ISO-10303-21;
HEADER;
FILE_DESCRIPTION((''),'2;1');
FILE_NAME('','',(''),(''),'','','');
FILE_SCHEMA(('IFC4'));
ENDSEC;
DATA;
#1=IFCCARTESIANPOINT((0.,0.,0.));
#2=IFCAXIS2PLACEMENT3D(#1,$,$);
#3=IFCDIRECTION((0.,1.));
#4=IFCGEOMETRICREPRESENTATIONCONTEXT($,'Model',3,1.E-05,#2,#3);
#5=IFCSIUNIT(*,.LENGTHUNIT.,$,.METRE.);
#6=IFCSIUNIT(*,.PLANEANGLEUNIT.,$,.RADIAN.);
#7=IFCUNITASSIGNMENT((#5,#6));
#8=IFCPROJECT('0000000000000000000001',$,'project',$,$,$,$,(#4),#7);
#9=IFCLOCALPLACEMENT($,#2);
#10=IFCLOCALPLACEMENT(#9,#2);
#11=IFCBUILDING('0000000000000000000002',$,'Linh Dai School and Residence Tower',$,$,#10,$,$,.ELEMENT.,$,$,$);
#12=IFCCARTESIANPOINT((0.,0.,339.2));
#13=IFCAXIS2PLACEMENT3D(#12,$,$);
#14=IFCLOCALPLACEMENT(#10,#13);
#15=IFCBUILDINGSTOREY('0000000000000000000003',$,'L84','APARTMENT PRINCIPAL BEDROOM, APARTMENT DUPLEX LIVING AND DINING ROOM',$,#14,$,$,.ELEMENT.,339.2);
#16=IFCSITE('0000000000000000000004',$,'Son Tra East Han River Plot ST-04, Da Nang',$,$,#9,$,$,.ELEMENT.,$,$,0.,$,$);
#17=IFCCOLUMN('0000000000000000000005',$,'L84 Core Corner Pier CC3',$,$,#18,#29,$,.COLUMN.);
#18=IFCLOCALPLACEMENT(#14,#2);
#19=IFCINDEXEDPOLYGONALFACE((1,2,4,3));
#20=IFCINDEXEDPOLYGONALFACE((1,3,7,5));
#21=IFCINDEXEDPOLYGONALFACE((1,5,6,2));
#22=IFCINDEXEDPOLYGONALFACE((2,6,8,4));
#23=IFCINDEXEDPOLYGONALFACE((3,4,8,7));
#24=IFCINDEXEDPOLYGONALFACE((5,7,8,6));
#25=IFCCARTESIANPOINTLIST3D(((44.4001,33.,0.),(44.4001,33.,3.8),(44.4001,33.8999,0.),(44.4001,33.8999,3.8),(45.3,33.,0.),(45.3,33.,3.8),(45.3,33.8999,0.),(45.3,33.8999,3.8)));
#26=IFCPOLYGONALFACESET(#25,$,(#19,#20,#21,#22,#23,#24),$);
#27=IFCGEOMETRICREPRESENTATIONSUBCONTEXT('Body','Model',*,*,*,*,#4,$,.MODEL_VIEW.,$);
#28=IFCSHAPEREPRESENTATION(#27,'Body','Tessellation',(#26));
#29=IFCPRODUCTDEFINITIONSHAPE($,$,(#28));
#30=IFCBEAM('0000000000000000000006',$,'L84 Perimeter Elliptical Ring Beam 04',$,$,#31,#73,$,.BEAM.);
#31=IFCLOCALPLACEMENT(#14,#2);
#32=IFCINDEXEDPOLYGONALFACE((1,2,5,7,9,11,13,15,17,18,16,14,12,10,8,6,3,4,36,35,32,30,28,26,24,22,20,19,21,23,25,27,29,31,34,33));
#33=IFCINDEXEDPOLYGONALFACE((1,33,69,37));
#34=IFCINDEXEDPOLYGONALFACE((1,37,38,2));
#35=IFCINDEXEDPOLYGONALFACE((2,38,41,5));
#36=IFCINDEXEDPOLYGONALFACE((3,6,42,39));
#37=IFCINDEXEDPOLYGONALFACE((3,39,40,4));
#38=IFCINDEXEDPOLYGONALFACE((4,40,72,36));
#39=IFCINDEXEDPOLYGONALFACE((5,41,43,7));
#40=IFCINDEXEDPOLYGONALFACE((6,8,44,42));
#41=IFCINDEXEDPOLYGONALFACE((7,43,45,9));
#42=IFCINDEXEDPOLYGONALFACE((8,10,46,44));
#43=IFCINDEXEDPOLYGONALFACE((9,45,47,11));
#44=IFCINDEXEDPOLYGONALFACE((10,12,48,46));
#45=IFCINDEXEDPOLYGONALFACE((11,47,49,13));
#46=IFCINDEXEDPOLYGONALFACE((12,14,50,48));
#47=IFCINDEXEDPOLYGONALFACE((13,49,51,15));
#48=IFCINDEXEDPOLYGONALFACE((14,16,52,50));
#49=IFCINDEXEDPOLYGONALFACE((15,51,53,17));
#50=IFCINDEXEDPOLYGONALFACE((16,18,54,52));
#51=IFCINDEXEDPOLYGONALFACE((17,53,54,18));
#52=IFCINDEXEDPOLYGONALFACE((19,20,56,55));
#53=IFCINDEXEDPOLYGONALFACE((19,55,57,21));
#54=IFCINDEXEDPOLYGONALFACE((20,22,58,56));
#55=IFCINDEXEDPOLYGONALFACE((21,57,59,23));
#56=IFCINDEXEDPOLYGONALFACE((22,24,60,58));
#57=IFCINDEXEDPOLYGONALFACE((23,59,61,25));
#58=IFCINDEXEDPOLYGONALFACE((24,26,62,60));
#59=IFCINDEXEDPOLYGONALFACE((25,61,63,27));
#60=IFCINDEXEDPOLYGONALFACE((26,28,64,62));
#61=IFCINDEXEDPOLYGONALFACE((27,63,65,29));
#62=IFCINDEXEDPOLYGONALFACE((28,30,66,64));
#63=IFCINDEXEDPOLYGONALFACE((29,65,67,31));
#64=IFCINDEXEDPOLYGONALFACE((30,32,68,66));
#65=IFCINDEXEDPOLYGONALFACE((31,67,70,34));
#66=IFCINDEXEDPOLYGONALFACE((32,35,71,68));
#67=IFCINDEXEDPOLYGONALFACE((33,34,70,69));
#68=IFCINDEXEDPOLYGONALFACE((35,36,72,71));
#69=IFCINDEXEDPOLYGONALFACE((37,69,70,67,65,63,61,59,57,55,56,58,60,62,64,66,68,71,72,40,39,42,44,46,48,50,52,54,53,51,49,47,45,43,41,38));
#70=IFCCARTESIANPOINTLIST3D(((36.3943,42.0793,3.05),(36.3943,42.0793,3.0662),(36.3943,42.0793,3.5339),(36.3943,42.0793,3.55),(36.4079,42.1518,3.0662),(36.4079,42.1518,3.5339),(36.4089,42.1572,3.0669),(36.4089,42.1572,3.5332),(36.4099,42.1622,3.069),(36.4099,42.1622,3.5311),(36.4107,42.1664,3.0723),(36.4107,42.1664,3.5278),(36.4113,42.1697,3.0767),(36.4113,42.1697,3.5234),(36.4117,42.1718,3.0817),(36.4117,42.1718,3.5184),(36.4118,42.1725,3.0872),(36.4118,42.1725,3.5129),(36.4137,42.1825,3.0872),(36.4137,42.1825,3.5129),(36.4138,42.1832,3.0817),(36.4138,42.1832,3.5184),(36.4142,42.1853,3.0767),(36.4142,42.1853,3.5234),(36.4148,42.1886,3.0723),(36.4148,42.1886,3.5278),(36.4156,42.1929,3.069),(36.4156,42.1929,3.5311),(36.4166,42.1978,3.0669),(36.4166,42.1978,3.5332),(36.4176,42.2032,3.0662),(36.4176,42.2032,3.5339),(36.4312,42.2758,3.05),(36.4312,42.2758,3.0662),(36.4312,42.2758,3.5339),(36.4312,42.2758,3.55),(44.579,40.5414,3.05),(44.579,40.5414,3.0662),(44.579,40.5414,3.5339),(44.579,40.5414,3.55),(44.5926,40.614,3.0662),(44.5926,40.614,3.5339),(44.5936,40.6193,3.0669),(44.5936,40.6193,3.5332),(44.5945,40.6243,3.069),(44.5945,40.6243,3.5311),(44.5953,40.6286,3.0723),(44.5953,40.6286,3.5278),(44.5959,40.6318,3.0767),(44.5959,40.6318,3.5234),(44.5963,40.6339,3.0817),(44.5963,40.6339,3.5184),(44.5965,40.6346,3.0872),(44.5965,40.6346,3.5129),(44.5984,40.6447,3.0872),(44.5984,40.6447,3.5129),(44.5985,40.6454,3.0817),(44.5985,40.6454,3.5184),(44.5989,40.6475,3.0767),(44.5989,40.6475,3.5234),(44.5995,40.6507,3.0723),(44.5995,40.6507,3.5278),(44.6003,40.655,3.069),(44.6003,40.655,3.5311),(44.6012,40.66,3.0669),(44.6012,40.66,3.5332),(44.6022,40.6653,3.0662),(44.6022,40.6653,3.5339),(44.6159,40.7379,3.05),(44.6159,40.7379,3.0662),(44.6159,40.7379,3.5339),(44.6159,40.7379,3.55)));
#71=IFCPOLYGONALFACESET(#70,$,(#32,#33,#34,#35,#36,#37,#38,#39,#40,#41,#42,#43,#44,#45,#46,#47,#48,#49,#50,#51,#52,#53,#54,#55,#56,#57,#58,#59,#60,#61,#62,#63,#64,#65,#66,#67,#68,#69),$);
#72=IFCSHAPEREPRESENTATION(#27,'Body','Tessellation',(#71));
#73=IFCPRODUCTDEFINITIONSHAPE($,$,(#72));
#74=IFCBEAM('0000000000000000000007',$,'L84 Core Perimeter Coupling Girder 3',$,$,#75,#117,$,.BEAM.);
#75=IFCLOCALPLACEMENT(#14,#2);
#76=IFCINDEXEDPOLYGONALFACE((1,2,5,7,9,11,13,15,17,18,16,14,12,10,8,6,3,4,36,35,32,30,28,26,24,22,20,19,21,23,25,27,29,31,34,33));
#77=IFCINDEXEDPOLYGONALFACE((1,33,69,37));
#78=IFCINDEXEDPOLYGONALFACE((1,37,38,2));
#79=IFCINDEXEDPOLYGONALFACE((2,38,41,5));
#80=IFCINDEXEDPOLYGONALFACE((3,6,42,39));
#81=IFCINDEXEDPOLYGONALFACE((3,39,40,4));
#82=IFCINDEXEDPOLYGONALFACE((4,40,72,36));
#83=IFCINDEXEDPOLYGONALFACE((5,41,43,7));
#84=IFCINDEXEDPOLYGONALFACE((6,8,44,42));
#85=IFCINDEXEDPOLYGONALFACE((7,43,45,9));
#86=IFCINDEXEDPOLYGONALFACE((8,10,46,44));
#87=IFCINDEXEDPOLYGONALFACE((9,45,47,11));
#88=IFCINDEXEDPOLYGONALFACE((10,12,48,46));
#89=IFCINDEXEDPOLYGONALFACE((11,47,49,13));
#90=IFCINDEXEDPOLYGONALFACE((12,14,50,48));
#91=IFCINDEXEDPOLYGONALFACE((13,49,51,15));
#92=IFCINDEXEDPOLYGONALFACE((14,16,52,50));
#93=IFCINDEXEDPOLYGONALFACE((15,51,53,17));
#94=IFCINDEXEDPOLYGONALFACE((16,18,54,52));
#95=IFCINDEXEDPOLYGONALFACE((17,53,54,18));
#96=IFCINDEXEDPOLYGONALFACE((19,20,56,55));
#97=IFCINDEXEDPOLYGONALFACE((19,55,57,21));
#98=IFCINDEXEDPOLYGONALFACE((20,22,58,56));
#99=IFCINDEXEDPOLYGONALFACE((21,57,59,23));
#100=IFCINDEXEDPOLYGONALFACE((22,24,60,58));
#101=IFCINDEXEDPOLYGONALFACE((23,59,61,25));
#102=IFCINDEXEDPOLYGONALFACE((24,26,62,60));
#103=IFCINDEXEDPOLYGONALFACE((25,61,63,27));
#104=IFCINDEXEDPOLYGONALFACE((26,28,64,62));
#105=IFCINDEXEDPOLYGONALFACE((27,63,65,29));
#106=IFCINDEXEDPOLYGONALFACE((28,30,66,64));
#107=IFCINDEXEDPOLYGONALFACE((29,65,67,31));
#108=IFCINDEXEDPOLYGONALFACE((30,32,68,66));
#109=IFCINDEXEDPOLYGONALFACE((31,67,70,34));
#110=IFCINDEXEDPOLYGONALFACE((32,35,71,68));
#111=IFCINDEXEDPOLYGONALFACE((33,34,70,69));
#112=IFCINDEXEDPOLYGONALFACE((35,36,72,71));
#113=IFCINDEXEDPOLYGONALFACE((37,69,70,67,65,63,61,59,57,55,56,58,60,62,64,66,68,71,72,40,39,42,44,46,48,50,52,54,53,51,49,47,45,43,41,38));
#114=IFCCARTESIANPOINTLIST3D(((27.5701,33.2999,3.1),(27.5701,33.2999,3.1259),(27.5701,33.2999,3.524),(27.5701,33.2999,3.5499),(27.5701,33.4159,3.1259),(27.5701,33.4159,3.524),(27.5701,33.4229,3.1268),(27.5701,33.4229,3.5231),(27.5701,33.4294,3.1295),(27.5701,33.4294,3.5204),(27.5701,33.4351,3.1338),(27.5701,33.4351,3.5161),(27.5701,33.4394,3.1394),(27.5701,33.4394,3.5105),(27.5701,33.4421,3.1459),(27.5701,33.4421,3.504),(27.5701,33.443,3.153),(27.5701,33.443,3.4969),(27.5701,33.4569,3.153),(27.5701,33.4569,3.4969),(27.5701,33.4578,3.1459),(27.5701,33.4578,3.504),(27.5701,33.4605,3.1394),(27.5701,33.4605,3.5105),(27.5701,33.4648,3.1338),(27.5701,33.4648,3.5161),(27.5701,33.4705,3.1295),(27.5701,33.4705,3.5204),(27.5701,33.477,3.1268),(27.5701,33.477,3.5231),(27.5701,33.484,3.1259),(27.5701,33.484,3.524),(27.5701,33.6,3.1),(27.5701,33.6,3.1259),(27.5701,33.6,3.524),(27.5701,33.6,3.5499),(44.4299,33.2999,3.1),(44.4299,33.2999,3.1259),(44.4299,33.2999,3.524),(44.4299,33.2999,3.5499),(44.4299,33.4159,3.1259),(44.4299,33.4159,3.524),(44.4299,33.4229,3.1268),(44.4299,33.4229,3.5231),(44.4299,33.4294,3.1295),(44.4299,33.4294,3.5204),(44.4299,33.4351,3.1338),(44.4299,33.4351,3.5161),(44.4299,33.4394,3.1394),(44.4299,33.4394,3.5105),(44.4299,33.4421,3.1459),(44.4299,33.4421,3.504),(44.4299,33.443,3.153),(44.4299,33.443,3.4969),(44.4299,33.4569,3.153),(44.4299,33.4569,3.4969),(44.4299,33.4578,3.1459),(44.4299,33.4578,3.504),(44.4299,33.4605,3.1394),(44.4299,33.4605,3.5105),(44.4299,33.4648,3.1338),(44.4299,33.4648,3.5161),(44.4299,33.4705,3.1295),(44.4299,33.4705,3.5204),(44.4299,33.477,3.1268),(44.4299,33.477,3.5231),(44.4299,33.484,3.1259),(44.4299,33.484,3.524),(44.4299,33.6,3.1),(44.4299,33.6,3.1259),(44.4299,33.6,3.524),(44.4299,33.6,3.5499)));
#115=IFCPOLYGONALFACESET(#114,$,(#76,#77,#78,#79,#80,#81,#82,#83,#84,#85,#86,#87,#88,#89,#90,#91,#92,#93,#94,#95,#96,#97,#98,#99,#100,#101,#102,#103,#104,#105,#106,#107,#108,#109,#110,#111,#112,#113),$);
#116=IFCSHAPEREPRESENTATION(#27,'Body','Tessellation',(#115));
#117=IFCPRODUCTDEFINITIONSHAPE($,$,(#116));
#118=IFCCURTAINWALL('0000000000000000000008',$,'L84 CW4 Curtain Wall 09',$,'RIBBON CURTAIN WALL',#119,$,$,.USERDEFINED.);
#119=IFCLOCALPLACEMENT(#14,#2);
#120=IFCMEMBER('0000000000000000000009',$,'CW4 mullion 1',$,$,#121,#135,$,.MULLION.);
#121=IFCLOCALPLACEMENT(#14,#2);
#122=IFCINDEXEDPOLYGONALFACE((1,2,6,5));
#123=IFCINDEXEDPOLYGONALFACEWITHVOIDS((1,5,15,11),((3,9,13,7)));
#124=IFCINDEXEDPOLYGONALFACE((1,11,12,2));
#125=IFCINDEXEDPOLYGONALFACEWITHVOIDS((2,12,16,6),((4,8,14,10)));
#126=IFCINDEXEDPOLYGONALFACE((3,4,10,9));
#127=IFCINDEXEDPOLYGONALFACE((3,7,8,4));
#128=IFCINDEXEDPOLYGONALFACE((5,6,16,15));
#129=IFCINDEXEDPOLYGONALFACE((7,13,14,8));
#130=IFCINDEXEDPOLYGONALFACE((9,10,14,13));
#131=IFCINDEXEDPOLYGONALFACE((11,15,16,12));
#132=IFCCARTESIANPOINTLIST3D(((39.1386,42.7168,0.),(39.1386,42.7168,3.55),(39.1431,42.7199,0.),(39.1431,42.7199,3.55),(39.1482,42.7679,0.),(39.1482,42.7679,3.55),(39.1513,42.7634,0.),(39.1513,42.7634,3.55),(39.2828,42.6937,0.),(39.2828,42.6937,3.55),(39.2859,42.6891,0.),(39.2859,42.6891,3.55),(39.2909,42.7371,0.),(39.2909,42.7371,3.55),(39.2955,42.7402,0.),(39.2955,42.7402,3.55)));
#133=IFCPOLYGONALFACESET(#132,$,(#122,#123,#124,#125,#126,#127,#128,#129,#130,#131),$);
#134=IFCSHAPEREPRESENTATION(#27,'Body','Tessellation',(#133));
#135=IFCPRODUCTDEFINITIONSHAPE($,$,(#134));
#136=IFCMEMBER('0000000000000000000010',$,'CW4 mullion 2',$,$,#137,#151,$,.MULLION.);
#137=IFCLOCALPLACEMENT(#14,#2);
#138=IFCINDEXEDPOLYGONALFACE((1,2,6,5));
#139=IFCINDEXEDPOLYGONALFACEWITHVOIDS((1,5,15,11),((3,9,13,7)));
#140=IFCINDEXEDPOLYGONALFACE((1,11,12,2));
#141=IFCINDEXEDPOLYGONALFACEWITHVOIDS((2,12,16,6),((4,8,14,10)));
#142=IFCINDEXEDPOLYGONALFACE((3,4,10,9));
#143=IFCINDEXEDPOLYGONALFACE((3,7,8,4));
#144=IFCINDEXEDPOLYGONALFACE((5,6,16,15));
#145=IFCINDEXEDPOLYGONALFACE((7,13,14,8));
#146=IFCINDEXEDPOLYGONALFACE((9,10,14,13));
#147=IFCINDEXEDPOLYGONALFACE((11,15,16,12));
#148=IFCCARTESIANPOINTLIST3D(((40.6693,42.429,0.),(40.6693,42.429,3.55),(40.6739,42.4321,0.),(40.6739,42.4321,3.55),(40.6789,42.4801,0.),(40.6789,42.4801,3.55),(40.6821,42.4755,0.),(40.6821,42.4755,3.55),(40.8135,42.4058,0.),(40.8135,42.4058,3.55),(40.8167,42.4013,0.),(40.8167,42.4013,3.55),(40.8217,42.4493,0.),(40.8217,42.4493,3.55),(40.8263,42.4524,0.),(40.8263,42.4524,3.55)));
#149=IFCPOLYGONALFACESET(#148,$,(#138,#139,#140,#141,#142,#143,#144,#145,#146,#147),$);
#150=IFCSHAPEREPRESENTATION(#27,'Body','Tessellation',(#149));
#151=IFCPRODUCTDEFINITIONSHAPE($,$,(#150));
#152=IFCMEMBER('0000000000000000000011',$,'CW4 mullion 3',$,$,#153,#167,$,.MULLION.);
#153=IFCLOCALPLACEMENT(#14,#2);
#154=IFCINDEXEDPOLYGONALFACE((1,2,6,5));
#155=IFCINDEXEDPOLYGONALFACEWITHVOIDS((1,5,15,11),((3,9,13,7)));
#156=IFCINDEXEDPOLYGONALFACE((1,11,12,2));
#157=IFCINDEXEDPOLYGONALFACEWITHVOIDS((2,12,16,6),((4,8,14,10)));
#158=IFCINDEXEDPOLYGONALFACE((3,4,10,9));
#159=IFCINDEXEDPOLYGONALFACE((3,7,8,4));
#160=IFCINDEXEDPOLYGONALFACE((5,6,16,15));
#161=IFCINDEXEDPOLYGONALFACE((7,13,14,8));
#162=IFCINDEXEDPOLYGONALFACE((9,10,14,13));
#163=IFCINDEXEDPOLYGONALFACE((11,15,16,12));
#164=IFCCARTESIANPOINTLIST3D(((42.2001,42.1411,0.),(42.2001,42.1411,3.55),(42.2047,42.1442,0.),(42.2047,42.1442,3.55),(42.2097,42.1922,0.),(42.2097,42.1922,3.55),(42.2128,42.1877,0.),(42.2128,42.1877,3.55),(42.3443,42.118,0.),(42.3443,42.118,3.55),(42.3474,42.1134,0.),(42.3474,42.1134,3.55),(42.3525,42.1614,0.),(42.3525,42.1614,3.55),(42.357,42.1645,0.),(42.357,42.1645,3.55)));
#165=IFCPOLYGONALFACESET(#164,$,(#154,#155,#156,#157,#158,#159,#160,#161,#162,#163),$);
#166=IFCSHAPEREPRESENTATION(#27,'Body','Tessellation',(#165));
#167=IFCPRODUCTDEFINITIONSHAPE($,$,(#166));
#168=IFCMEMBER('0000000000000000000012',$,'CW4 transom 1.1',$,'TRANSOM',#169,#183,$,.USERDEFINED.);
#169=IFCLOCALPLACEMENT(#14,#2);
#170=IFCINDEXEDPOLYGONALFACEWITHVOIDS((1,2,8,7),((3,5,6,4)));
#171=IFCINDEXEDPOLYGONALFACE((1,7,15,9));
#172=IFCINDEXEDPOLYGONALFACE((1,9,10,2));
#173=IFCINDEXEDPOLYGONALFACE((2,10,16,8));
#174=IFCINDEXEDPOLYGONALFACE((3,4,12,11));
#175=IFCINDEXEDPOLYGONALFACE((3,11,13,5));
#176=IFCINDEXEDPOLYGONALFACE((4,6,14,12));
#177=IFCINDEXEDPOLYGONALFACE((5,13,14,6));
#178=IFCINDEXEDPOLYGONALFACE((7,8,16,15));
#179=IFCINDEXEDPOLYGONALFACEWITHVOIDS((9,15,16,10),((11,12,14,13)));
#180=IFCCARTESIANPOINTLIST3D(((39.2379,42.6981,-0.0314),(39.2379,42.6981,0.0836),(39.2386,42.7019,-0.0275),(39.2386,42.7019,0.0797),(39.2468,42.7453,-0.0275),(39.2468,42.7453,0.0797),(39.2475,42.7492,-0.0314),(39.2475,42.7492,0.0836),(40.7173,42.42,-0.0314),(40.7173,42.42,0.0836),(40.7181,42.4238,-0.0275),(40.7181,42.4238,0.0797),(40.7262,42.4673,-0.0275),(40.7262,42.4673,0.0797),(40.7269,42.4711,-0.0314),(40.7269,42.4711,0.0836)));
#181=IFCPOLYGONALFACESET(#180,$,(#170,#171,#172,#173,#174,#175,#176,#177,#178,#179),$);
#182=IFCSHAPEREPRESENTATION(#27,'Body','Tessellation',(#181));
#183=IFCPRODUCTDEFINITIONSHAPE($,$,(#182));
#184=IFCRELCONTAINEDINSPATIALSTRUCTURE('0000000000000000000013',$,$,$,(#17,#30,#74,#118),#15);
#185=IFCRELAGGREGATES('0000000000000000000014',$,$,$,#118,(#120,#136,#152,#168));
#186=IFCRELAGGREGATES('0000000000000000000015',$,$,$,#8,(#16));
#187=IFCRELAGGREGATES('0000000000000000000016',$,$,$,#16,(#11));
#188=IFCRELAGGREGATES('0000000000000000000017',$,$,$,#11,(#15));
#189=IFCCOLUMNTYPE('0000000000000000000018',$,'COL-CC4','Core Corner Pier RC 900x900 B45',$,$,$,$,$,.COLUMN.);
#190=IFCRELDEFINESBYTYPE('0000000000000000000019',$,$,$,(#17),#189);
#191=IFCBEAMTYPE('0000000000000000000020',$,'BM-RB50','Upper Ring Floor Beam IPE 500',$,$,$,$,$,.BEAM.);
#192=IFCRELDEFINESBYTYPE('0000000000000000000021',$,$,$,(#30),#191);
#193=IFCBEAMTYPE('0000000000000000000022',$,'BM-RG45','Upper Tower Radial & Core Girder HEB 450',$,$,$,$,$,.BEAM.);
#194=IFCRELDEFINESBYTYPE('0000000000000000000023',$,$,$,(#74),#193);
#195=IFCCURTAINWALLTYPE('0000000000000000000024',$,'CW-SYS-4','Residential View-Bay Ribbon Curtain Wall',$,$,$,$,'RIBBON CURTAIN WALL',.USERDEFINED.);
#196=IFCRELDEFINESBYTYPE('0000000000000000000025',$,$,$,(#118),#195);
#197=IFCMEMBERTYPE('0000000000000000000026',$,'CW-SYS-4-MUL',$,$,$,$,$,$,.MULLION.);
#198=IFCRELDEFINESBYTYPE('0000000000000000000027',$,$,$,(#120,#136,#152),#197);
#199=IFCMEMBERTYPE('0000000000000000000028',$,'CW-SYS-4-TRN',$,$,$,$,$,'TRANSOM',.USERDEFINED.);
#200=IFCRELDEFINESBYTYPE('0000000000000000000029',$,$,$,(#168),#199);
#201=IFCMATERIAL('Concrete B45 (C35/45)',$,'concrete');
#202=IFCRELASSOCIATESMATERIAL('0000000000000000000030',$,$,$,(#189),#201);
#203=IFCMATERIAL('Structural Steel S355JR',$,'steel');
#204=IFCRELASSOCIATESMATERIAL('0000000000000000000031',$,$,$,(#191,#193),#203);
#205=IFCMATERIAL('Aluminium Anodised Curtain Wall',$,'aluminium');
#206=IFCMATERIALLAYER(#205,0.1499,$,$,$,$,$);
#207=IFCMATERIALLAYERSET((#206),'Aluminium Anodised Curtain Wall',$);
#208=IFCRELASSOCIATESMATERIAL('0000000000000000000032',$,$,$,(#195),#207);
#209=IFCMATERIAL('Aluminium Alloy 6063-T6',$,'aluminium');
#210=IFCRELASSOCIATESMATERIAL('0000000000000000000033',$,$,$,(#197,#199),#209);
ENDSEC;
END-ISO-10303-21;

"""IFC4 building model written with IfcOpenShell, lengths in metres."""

from ifc_helpers import new_model, si_unit, direction, frame, origin, origin_2d, place, context, subcontext, project, spatial, rectangle, hollow_rectangle, i_section, extrude, source, transform, mapped, material, layer, layer_set, material_profile, profile_set, type_object, element, aggregate, save


model = new_model("IFC4")

# Units and contexts
model_context = context("Model", 3, precision=1e-05, world=origin(), true_north=direction((0.0, 1.0)))
body_context = subcontext(model_context, "Body", "Model", "MODEL_VIEW")
ifc_project = project(units=[si_unit("LENGTHUNIT", "METRE"), si_unit("PLANEANGLEUNIT", "RADIAN")], contexts=[model_context])

# Site, building, storey
site_placement = place(None, origin())
site = spatial("IfcSite", under=ifc_project, at=site_placement, Name="Son Tra East Han River Plot ST-04, Da Nang", CompositionType="ELEMENT", RefElevation=0.0)
building_placement = place(site_placement, origin())
building = spatial("IfcBuilding", under=site, at=building_placement, Name="Linh Dai School and Residence Tower", CompositionType="ELEMENT")
storey_placement = place(building_placement, frame((0.0, 0.0, 339.2)))
storey = spatial("IfcBuildingStorey", under=building, at=storey_placement, Name="L84", Description="APARTMENT PRINCIPAL BEDROOM, APARTMENT DUPLEX LIVING AND DINING ROOM", CompositionType="ELEMENT", Elevation=339.2)

# Column
ifc_material_1 = material(Name="Concrete B45 (C35/45)", Category="concrete")
ifc_material_profile_1 = material_profile(ifc_material_1, rectangle(XDim=0.8999, YDim=0.8999, at=origin_2d()), Name="RC 900x900")
ifc_profile_set_1 = profile_set([ifc_material_profile_1], Name="Concrete B45 (C35/45)")
column_type = type_object("IfcColumnType", Name="COL-CC4", Description="Core Corner Pier RC 900x900 B45", PredefinedType="COLUMN", material=ifc_profile_set_1)
column_placement = place(storey_placement, frame((44.8501, 33.45, 0.0), z_axis=(0.0, 0.0, 1.0), x_axis=(1.0, 0.0, 0.0)))
element("IfcColumn", 1, at=column_placement, inside=storey, type_object=column_type, Name="L84 Core Corner Pier CC3", PredefinedType="COLUMN", context=body_context, shape_type="SweptSolid", body=[
    extrude(rectangle(XDim=0.8999, YDim=0.8999, at=origin_2d()), origin(), (0.0, 0.0, 1.0), 3.8),
])

# Beams
ifc_material_2 = material(Name="Structural Steel S355JR", Category="steel")
ifc_material_profile_2 = material_profile(ifc_material_2, i_section(OverallWidth=0.2, OverallDepth=0.5, WebThickness=0.0103, FlangeThickness=0.0161, FilletRadius=0.021, at=origin_2d()), Name="IPE 500")
ifc_profile_set_2 = profile_set([ifc_material_profile_2], Name="Structural Steel S355JR")
beam_type_1 = type_object("IfcBeamType", Name="BM-RB50", Description="Upper Ring Floor Beam IPE 500", PredefinedType="BEAM", material=ifc_profile_set_2)
beam_1_placement = place(storey_placement, frame((44.5974, 40.6396, 3.3), z_axis=(-0.982802, 0.184664, 0.0), x_axis=(-0.184664, -0.982802, 0.0)))
element("IfcBeam", 2, at=beam_1_placement, inside=storey, type_object=beam_type_1, Name="L84 Perimeter Elliptical Ring Beam 04", PredefinedType="BEAM", context=body_context, shape_type="SweptSolid", body=[
    extrude(i_section(OverallWidth=0.2, OverallDepth=0.5, WebThickness=0.0103, FlangeThickness=0.0161, FilletRadius=0.021, at=origin_2d()), origin(), (0.0, 0.0, 1.0), 8.3279),
])
ifc_material_profile_3 = material_profile(ifc_material_2, i_section(OverallWidth=0.3, OverallDepth=0.45, WebThickness=0.0139, FlangeThickness=0.0259, FilletRadius=0.0271, at=origin_2d()), Name="HEB 450")
ifc_profile_set_3 = profile_set([ifc_material_profile_3], Name="Structural Steel S355JR")
beam_type_2 = type_object("IfcBeamType", Name="BM-RG45", Description="Upper Tower Radial & Core Girder HEB 450", PredefinedType="BEAM", material=ifc_profile_set_3)
beam_2_placement = place(storey_placement, frame((44.4299, 33.45, 3.325), z_axis=(-1.0, 0.0, 0.0), x_axis=(0.0, -1.0, 0.0)))
element("IfcBeam", 3, at=beam_2_placement, inside=storey, type_object=beam_type_2, Name="L84 Core Perimeter Coupling Girder 3", PredefinedType="BEAM", context=body_context, shape_type="SweptSolid", body=[
    extrude(i_section(OverallWidth=0.3, OverallDepth=0.45, WebThickness=0.0139, FlangeThickness=0.0259, FilletRadius=0.0271, at=origin_2d()), origin(), (0.0, 0.0, 1.0), 16.8599),
])

# Curtain wall, members
ifc_material_3 = material(Name="Aluminium Anodised Curtain Wall", Category="aluminium")
ifc_layer_1 = layer(ifc_material_3, 0.1499)
ifc_layer_set_1 = layer_set([ifc_layer_1], Name="Aluminium Anodised Curtain Wall")
curtain_wall_type = type_object("IfcCurtainWallType", Name="CW-SYS-4", Description="Residential View-Bay Ribbon Curtain Wall", ElementType="RIBBON CURTAIN WALL", PredefinedType="USERDEFINED", material=ifc_layer_set_1)
curtain_wall_placement = place(storey_placement, origin())
curtain_wall = element("IfcCurtainWall", 4, at=curtain_wall_placement, inside=storey, type_object=curtain_wall_type, Name="L84 CW4 Curtain Wall 09", ObjectType="RIBBON CURTAIN WALL", PredefinedType="USERDEFINED")
ifc_material_4 = material(Name="Aluminium Alloy 6063-T6", Category="aluminium")
ifc_material_profile_4 = material_profile(ifc_material_4, hollow_rectangle(XDim=0.052, YDim=0.1499, WallThickness=0.0039, at=origin_2d()), Name="RHS 150x52x4")
ifc_profile_set_4 = profile_set([ifc_material_profile_4], Name="Aluminium Alloy 6063-T6")
member_type_1 = type_object("IfcMemberType", Name="CW-SYS-4-MUL", PredefinedType="MULLION", material=ifc_profile_set_4)
shared_shape_1 = source(origin(), body_context, "Body", "SweptSolid", [
    extrude(hollow_rectangle(XDim=0.052, YDim=0.1499, WallThickness=0.0039, at=origin_2d()), origin(), (0.0, 0.0, 1.0), 3.55),
])
member_1_placement = place(storey_placement, frame((39.217, 42.7285, 0.0), z_axis=(0.0, 0.0, 1.0), x_axis=(0.184785, 0.982779, 0.0)))
member_1 = element("IfcMember", 5, at=member_1_placement, type_object=member_type_1, Name="CW4 mullion 1", PredefinedType="MULLION", context=body_context, shape_type="MappedRepresentation", body=[
    mapped(shared_shape_1, transform((0.0, 0.0, 0.0), x_axis=(1.0, 0.0, 0.0), y_axis=(0.0, 1.0, 0.0), z_axis=(0.0, 0.0, 1.0), scale=1.0)),
])
member_2_placement = place(storey_placement, frame((40.7478, 42.4407, 0.0), z_axis=(0.0, 0.0, 1.0), x_axis=(0.184785, 0.982779, 0.0)))
member_2 = element("IfcMember", 6, at=member_2_placement, type_object=member_type_1, Name="CW4 mullion 2", PredefinedType="MULLION", context=body_context, shape_type="MappedRepresentation", body=[
    mapped(shared_shape_1, transform((0.0, 0.0, 0.0), x_axis=(1.0, 0.0, 0.0), y_axis=(0.0, 1.0, 0.0), z_axis=(0.0, 0.0, 1.0), scale=1.0)),
])
member_3_placement = place(storey_placement, frame((42.2786, 42.1528, 0.0), z_axis=(0.0, 0.0, 1.0), x_axis=(0.184785, 0.982779, 0.0)))
member_3 = element("IfcMember", 7, at=member_3_placement, type_object=member_type_1, Name="CW4 mullion 3", PredefinedType="MULLION", context=body_context, shape_type="MappedRepresentation", body=[
    mapped(shared_shape_1, transform((0.0, 0.0, 0.0), x_axis=(1.0, 0.0, 0.0), y_axis=(0.0, 1.0, 0.0), z_axis=(0.0, 0.0, 1.0), scale=1.0)),
])
ifc_material_profile_5 = material_profile(ifc_material_4, hollow_rectangle(XDim=0.052, YDim=0.115, WallThickness=0.0039, at=origin_2d()), Name="RHS 115x52x4")
ifc_profile_set_5 = profile_set([ifc_material_profile_5], Name="Aluminium Alloy 6063-T6")
member_type_2 = type_object("IfcMemberType", Name="CW-SYS-4-TRN", ElementType="TRANSOM", PredefinedType="USERDEFINED", material=ifc_profile_set_5)
shared_shape_2 = source(origin(), body_context, "Body", "SweptSolid", [
    extrude(hollow_rectangle(XDim=0.052, YDim=0.115, WallThickness=0.0039, at=origin_2d()), origin(), (0.0, 0.0, 1.0), 1.5054),
])
member_4_placement = place(storey_placement, frame((39.2427, 42.7236, 0.0261), z_axis=(0.982791, -0.184719, 0.0), x_axis=(0.184719, 0.982791, 0.0)))
member_4 = element("IfcMember", 8, at=member_4_placement, type_object=member_type_2, Name="CW4 transom 1.1", ObjectType="TRANSOM", PredefinedType="USERDEFINED", context=body_context, shape_type="MappedRepresentation", body=[
    mapped(shared_shape_2, transform((0.0, 0.0, 0.0), x_axis=(1.0, 0.0, 0.0), y_axis=(0.0, 1.0, 0.0), z_axis=(0.0, 0.0, 1.0), scale=1.0)),
])

aggregate(curtain_wall, [member_1, member_2, member_3, member_4])

save(model, "model.ifc")
